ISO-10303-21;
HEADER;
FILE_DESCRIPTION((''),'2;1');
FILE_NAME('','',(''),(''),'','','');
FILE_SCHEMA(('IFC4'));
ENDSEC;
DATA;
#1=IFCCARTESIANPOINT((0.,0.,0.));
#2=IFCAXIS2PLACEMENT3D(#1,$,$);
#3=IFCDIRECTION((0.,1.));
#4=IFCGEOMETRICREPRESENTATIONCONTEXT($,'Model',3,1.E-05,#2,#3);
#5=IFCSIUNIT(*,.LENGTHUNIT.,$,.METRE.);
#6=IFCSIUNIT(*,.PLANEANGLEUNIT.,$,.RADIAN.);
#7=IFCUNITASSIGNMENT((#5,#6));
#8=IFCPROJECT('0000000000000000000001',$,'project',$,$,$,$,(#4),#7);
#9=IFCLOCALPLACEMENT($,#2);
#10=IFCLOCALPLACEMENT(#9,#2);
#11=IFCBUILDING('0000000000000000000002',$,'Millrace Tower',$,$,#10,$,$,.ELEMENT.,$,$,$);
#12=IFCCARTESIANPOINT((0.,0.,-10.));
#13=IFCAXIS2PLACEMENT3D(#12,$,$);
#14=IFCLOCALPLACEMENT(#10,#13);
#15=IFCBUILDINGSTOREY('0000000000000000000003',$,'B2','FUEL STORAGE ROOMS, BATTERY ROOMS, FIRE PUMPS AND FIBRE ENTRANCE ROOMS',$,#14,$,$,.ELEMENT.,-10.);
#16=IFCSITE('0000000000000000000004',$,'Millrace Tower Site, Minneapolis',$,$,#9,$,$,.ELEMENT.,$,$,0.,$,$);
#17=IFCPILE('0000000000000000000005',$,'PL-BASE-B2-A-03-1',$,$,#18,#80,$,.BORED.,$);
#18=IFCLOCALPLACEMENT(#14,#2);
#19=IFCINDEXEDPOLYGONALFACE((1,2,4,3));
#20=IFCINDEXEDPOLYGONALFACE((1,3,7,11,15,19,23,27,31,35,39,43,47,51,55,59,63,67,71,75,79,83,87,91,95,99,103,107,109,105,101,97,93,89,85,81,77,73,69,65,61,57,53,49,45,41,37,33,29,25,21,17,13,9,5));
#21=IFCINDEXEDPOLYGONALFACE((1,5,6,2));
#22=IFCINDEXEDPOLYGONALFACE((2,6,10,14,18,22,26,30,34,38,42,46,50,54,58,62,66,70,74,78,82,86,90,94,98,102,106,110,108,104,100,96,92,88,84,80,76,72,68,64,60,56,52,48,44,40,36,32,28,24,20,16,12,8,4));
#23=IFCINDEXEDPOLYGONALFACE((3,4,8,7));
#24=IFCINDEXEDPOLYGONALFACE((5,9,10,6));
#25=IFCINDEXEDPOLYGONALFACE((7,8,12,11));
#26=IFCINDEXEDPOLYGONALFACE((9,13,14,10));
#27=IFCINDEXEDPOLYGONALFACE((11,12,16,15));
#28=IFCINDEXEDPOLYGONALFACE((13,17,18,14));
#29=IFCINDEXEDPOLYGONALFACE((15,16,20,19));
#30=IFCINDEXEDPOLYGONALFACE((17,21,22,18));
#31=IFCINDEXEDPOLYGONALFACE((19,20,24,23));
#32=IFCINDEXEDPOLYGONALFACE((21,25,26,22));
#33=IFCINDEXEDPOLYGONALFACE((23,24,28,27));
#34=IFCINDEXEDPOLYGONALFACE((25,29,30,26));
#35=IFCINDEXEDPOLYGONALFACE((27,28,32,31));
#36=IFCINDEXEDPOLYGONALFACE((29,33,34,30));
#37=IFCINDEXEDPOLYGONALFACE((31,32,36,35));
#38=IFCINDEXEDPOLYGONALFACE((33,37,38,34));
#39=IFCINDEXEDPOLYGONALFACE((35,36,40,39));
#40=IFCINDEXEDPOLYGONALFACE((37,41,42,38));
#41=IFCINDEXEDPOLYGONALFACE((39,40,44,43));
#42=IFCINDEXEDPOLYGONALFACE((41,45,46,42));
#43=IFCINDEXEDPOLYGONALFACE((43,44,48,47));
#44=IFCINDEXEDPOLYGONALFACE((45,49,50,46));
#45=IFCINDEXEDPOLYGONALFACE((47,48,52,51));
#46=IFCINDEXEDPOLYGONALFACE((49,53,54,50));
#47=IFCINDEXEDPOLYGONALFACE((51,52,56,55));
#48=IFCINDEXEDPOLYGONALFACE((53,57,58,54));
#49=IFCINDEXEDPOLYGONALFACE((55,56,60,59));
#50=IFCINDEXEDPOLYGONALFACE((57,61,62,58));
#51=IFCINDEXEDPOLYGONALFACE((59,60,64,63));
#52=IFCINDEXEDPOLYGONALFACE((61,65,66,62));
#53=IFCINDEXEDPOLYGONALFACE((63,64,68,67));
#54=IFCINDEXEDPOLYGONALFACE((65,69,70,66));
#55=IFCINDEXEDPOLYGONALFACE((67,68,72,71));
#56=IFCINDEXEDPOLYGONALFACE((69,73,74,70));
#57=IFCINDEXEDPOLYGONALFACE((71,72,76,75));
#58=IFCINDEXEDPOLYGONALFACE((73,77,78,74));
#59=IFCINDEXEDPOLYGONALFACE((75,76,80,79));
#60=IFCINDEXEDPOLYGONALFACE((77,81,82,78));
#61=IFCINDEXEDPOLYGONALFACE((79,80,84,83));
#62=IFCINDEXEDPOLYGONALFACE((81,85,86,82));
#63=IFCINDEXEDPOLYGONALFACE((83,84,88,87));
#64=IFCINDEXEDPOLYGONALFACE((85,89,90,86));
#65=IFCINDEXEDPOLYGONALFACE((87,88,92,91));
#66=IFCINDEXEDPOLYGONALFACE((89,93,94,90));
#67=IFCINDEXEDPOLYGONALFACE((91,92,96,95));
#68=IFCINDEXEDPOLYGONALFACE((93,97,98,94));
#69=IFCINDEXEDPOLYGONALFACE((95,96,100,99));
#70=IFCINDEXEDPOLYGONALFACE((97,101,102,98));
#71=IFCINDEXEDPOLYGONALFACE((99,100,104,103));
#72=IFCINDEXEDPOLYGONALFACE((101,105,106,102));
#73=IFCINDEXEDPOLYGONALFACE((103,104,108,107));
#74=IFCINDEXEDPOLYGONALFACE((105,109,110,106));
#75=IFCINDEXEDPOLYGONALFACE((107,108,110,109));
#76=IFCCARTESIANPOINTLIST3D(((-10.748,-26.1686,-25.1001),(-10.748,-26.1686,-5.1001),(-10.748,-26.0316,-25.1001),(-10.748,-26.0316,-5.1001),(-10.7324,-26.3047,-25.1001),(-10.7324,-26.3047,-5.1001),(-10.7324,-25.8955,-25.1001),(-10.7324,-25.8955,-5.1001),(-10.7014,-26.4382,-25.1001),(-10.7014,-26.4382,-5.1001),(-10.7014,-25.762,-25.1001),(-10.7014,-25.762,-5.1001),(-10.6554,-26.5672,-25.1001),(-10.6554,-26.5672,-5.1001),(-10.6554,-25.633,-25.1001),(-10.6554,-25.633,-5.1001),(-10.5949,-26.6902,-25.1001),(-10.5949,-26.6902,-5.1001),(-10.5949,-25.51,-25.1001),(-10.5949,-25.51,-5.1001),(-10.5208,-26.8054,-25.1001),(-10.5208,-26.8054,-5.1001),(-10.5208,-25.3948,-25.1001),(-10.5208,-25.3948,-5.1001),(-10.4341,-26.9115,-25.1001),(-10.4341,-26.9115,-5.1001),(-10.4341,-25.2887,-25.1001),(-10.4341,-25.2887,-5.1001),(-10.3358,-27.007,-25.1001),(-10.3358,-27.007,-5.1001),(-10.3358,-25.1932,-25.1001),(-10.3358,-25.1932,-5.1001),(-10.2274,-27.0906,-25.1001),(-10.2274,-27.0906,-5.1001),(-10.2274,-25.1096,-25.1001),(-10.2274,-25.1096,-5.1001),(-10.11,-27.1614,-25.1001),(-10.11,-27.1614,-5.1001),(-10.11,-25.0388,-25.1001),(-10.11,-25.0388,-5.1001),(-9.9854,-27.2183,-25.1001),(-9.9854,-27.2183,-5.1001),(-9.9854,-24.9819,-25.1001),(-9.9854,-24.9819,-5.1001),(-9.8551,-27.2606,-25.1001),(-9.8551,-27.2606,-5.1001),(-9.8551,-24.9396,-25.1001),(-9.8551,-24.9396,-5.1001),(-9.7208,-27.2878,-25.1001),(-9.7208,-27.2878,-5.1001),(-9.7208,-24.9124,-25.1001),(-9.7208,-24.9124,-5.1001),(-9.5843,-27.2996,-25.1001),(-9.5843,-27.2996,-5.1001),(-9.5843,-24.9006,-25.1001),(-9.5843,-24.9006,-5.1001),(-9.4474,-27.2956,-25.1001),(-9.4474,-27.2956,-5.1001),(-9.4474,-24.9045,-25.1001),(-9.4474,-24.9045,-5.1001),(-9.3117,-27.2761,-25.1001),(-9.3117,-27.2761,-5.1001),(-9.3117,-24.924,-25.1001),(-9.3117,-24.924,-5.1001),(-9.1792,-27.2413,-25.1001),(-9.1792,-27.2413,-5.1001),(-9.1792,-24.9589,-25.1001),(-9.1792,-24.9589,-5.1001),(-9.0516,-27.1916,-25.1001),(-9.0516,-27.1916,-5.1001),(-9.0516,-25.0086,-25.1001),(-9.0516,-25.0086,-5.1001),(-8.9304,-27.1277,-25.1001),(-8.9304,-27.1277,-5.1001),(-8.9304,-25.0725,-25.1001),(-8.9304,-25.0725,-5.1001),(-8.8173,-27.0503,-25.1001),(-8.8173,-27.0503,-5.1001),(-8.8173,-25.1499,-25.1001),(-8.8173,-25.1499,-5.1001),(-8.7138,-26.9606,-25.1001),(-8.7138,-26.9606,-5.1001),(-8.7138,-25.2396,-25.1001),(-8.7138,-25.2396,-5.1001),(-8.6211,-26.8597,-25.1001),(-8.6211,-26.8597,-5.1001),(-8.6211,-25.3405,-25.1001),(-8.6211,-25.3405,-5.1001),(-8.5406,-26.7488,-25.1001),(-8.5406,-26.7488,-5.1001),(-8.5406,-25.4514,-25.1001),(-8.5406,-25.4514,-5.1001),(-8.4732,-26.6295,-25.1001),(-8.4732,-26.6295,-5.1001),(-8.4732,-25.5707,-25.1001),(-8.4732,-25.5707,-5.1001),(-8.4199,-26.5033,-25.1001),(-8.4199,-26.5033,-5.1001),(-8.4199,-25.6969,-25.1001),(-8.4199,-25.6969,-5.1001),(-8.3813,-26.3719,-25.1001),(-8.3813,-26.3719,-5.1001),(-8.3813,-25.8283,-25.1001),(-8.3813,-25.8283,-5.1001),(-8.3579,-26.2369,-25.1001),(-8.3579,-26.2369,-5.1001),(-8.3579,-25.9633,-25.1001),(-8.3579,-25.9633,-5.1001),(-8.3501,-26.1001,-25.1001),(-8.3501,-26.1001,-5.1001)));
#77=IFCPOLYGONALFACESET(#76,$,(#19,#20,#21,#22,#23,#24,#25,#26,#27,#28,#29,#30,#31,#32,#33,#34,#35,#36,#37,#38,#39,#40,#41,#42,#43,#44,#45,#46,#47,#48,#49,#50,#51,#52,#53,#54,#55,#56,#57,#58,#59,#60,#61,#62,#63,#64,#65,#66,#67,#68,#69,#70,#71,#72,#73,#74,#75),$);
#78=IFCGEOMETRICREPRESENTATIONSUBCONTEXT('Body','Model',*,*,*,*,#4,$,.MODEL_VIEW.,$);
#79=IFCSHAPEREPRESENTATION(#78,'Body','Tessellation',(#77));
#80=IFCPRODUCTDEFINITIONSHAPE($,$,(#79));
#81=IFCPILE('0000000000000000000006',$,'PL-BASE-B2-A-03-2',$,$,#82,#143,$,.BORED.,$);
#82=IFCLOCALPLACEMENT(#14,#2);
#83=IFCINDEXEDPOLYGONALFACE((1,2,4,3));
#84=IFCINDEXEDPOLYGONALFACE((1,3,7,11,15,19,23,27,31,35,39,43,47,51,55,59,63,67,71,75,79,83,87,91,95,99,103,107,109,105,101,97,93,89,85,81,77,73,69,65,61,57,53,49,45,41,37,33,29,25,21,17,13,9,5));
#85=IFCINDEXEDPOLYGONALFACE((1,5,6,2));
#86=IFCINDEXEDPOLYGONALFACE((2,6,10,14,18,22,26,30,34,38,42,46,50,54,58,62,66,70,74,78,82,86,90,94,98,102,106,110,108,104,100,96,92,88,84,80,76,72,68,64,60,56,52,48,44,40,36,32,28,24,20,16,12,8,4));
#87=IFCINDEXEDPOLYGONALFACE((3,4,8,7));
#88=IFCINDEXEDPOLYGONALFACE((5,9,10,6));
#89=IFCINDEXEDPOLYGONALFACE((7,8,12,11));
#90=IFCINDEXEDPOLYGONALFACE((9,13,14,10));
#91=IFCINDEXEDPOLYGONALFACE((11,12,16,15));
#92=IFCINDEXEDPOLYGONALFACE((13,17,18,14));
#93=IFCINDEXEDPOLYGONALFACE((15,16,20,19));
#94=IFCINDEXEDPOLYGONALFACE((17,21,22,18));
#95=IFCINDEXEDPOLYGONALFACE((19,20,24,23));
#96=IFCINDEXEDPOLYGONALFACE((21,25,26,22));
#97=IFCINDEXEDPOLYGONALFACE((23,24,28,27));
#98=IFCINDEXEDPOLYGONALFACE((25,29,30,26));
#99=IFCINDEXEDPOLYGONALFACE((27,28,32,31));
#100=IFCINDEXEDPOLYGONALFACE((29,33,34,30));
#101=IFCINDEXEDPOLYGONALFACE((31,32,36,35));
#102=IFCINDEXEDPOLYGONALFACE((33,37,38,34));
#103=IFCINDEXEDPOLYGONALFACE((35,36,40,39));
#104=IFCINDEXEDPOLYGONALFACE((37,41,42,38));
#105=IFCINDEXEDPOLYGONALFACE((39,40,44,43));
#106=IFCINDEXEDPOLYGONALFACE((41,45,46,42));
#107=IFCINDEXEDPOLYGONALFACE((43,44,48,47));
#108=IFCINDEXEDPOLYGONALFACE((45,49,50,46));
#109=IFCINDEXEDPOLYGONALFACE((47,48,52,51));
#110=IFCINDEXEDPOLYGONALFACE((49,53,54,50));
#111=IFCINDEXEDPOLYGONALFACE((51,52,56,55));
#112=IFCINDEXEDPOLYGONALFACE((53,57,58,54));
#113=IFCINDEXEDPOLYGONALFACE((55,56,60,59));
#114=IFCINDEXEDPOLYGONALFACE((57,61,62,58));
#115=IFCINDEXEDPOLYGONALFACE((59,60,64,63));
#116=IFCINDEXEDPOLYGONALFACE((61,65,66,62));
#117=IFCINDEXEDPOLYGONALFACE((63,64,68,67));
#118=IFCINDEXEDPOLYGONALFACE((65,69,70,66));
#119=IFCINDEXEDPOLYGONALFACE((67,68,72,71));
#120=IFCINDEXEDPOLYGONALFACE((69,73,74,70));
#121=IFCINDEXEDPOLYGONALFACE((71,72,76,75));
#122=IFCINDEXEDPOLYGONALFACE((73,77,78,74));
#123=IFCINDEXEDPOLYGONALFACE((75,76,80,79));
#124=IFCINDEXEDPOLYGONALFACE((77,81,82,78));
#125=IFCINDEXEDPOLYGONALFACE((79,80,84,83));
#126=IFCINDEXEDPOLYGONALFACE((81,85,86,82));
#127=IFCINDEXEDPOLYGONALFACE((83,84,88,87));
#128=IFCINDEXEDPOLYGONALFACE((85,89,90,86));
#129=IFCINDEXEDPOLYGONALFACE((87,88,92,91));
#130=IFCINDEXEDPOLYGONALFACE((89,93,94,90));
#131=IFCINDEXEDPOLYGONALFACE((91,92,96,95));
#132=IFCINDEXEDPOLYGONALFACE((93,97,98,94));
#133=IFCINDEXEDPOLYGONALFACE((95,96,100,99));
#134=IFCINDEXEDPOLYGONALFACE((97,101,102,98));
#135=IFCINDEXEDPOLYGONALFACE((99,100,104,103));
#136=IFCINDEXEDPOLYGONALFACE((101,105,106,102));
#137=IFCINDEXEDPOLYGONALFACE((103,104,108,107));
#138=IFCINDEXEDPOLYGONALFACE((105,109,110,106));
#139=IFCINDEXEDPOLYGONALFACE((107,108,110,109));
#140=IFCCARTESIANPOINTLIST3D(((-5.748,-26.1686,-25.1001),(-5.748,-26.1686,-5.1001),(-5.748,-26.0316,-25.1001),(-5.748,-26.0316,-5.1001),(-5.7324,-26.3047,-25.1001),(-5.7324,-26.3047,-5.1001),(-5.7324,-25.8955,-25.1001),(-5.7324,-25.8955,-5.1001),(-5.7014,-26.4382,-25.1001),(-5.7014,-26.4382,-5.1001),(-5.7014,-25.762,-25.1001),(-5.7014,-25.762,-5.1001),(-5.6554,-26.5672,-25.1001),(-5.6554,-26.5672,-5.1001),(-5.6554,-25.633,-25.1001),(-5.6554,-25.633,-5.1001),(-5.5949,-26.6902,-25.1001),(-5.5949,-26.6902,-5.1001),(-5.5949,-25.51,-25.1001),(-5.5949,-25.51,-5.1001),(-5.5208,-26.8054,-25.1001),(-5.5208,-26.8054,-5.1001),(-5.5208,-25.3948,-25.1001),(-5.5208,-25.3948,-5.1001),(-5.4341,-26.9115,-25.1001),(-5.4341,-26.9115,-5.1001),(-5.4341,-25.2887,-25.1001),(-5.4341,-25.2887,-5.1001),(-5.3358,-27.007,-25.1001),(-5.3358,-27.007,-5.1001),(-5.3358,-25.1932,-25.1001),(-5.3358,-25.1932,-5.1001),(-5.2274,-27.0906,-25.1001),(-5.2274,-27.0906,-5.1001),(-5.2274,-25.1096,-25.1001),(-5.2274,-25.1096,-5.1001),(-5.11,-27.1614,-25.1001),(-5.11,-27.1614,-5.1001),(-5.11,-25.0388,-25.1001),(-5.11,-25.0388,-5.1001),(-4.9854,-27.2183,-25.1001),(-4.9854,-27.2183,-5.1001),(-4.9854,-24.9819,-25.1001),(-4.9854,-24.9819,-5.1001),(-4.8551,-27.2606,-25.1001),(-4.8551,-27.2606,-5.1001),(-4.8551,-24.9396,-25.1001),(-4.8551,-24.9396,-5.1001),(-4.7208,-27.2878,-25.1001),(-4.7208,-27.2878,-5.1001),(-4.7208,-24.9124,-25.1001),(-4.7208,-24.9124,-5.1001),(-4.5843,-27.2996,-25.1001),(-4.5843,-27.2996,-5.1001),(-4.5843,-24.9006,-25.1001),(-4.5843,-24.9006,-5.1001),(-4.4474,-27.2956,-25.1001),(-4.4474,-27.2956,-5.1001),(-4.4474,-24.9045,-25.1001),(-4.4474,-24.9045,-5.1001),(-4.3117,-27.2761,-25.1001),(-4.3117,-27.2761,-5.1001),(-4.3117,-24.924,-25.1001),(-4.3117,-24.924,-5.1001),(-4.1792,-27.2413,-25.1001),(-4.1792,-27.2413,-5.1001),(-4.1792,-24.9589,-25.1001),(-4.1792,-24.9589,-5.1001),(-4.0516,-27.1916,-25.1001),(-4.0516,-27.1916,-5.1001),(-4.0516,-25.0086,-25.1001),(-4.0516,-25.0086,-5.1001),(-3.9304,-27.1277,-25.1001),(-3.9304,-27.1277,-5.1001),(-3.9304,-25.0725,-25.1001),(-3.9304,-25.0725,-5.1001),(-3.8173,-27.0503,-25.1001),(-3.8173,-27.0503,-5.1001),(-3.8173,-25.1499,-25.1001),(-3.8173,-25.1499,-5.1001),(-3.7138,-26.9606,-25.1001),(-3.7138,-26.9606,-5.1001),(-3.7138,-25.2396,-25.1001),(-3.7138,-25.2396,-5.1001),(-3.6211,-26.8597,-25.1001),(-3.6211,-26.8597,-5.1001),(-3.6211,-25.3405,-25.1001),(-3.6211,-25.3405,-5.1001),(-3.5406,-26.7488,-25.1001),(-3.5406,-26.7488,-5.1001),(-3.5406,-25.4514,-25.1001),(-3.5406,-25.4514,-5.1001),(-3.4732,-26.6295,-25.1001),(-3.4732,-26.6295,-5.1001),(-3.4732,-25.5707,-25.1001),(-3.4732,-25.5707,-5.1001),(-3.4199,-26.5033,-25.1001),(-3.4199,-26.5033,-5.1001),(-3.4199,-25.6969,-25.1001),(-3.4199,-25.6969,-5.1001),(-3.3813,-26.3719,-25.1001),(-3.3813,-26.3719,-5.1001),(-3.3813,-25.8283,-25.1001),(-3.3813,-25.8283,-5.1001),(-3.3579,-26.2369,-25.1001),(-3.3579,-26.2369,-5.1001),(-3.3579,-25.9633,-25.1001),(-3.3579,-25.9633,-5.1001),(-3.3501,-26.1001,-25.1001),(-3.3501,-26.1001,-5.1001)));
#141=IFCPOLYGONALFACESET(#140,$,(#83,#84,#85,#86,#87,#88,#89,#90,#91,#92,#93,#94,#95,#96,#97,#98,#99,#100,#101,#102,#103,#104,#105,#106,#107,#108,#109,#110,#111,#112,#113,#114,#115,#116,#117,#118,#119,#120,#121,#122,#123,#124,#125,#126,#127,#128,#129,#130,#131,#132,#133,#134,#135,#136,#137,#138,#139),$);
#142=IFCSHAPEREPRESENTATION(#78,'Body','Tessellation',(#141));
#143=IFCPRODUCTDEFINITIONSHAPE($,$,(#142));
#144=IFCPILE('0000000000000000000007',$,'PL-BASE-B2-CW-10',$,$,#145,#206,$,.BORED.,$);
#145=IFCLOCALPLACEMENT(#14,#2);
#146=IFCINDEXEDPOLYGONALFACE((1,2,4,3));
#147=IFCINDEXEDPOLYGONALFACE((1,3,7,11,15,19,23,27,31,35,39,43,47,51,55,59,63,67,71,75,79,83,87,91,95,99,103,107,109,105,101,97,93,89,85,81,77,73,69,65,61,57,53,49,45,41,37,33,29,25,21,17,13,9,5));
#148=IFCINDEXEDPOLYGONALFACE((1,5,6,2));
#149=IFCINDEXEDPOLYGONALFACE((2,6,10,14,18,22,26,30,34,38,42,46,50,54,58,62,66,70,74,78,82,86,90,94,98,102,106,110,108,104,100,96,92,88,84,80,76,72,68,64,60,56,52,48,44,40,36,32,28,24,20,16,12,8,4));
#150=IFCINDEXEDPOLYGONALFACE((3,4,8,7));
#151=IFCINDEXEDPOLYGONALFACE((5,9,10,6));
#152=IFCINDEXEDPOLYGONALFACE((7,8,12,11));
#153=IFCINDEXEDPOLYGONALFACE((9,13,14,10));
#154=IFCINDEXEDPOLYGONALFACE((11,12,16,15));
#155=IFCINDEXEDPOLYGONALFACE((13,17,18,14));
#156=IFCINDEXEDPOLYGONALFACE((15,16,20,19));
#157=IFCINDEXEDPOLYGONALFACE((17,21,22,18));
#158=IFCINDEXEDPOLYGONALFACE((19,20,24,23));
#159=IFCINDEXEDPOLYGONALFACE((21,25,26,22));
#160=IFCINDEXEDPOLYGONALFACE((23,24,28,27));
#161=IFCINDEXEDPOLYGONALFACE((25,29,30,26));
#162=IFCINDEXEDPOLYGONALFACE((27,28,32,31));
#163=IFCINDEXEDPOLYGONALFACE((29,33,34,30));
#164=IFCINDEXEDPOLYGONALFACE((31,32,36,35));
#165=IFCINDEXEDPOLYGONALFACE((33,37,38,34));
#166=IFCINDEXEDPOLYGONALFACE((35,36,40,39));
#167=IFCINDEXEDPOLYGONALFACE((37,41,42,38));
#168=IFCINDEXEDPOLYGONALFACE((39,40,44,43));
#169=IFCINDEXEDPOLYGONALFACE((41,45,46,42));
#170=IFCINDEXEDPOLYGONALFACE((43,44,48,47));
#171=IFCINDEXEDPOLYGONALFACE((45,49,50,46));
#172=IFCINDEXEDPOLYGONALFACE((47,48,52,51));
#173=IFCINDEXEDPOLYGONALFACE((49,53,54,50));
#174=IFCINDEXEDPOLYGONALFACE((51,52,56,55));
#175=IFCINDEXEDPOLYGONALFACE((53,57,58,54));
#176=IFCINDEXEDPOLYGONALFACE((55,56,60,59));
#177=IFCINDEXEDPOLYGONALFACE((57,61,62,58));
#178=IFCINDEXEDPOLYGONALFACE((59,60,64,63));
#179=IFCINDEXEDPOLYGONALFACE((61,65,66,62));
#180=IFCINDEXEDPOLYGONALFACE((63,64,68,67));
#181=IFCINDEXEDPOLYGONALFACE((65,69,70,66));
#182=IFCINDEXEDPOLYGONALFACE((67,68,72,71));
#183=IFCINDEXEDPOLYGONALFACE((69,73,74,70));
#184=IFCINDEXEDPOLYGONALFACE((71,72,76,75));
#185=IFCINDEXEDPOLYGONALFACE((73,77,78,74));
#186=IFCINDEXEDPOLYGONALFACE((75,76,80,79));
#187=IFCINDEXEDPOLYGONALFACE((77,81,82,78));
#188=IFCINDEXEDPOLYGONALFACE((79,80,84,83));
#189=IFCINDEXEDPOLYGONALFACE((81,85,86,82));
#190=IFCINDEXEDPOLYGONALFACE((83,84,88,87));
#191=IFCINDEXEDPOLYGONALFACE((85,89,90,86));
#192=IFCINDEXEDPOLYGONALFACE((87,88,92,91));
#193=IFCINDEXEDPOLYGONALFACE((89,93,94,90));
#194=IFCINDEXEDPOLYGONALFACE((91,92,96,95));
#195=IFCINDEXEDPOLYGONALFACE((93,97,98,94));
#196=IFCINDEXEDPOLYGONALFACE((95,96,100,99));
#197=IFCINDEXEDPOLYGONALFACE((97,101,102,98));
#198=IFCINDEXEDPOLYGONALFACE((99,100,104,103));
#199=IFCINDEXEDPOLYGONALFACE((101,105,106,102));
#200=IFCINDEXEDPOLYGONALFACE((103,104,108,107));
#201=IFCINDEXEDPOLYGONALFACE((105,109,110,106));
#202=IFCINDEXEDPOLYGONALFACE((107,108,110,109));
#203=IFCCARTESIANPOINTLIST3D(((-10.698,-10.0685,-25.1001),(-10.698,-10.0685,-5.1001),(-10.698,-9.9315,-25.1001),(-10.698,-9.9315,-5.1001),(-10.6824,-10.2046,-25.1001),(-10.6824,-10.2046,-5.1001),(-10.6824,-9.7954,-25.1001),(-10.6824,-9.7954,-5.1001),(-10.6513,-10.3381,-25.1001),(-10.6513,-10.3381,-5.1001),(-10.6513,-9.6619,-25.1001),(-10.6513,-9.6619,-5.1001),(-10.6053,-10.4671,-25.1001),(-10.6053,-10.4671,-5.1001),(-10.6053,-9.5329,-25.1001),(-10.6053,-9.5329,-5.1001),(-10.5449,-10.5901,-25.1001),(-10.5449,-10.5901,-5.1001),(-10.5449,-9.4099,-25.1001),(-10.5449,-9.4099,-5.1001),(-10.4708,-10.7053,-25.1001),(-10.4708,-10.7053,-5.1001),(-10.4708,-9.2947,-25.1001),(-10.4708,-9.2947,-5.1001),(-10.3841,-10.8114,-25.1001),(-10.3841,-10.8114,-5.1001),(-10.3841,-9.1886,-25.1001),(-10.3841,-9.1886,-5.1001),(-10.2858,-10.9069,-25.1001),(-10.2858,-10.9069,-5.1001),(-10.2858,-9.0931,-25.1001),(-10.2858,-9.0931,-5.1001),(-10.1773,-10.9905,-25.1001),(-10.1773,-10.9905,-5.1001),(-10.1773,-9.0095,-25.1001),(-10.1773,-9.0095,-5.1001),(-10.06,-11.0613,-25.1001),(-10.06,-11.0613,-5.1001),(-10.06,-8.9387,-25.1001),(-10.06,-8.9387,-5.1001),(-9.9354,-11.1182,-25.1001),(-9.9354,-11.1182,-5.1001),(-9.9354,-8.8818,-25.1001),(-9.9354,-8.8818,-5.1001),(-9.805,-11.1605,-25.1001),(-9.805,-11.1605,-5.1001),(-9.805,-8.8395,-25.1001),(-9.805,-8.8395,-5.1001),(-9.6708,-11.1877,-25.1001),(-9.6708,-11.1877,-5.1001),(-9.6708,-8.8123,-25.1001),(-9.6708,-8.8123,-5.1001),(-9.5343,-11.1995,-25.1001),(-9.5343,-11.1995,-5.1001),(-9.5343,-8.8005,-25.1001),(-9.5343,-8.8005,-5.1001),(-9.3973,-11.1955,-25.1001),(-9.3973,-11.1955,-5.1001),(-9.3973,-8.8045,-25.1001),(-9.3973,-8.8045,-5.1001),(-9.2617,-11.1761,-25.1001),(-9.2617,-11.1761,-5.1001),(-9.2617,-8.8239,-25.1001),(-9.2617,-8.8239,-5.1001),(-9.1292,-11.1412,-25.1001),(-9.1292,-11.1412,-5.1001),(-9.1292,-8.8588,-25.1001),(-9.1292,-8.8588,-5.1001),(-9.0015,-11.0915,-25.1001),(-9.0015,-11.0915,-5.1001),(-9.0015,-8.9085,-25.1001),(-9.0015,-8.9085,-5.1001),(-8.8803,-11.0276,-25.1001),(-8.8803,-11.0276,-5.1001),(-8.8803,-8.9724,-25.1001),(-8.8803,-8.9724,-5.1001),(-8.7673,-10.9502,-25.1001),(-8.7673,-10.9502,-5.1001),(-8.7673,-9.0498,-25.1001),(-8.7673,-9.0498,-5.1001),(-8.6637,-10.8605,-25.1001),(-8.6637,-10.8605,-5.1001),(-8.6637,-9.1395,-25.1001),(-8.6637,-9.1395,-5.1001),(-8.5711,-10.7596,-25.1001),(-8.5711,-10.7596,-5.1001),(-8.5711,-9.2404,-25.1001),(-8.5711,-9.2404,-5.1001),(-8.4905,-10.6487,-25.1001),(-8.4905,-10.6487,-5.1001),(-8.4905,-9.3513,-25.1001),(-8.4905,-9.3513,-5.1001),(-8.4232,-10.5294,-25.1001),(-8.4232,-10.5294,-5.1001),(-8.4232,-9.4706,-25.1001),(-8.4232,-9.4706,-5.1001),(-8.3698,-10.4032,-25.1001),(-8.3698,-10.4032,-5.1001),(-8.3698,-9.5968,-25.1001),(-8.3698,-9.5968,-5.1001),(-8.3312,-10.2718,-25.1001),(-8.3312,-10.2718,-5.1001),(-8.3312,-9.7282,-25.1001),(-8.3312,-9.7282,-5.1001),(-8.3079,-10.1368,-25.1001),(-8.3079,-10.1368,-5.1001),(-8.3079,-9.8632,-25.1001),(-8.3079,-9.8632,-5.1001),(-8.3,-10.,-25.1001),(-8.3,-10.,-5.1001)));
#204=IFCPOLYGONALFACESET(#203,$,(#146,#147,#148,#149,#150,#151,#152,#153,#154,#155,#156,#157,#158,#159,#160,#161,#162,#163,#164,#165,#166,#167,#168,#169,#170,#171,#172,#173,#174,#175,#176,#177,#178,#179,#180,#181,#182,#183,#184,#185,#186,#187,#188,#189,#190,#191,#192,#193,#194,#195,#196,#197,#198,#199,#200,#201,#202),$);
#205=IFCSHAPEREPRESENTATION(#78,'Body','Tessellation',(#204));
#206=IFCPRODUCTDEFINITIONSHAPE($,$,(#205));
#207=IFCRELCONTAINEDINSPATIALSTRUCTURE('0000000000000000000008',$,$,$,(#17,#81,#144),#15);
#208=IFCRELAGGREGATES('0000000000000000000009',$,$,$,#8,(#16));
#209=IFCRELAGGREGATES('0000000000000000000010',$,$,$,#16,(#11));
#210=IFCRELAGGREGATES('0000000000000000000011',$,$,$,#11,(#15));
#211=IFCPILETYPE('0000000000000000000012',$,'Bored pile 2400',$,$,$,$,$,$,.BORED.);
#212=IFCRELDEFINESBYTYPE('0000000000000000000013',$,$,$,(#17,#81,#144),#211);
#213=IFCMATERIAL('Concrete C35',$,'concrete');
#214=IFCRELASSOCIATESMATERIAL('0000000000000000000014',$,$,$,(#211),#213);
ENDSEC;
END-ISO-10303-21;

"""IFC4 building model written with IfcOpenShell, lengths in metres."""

from ifc_helpers import new_model, si_unit, direction, frame, origin, origin_2d, place, context, subcontext, project, spatial, circle, extrude, material, material_profile, profile_set, type_object, element, save


model = new_model("IFC4")

# Units and contexts
model_context = context("Model", 3, precision=1e-05, world=origin(), true_north=direction((0.0, 1.0)))
body_context = subcontext(model_context, "Body", "Model", "MODEL_VIEW")
ifc_project = project(units=[si_unit("LENGTHUNIT", "METRE"), si_unit("PLANEANGLEUNIT", "RADIAN")], contexts=[model_context])

# Site, building, storey
site_placement = place(None, origin())
site = spatial("IfcSite", under=ifc_project, at=site_placement, Name="Millrace Tower Site, Minneapolis", CompositionType="ELEMENT", RefElevation=0.0)
building_placement = place(site_placement, origin())
building = spatial("IfcBuilding", under=site, at=building_placement, Name="Millrace Tower", CompositionType="ELEMENT")
storey_placement = place(building_placement, frame((0.0, 0.0, -10.0)))
storey = spatial("IfcBuildingStorey", under=building, at=storey_placement, Name="B2", Description="FUEL STORAGE ROOMS, BATTERY ROOMS, FIRE PUMPS AND FIBRE ENTRANCE ROOMS", CompositionType="ELEMENT", Elevation=-10.0)

# Piles
ifc_material_1 = material(Name="Concrete C35", Category="concrete")
ifc_material_profile_1 = material_profile(ifc_material_1, circle(Radius=1.2, at=origin_2d()))
ifc_profile_set_1 = profile_set([ifc_material_profile_1], Name="Concrete C35")
pile_type = type_object("IfcPileType", Name="Bored pile 2400", PredefinedType="BORED", material=ifc_profile_set_1)
for number, where, z_axis, x_axis, name in (
    (1, (-9.55, -26.1001, -5.1001), (0.0, 0.0, -1.0), (1.0, 0.0, 0.0), "PL-BASE-B2-A-03-1"),
    (2, (-4.55, -26.1001, -5.1001), (0.0, 0.0, -1.0), (1.0, 0.0, 0.0), "PL-BASE-B2-A-03-2"),
    (3, (-9.5, -10.0, -5.1001), (0.0, 0.0, -1.0), (1.0, 0.0, 0.0), "PL-BASE-B2-CW-10"),
):
    element("IfcPile", number, at=place(storey_placement, frame(where, z_axis=z_axis, x_axis=x_axis)), inside=storey, type_object=pile_type, Name=name, PredefinedType="BORED", context=body_context, shape_type="SweptSolid", body=[
        extrude(circle(Radius=1.2, at=origin_2d()), origin(), (0.0, 0.0, 1.0), 20.0),
    ])

save(model, "model.ifc")
